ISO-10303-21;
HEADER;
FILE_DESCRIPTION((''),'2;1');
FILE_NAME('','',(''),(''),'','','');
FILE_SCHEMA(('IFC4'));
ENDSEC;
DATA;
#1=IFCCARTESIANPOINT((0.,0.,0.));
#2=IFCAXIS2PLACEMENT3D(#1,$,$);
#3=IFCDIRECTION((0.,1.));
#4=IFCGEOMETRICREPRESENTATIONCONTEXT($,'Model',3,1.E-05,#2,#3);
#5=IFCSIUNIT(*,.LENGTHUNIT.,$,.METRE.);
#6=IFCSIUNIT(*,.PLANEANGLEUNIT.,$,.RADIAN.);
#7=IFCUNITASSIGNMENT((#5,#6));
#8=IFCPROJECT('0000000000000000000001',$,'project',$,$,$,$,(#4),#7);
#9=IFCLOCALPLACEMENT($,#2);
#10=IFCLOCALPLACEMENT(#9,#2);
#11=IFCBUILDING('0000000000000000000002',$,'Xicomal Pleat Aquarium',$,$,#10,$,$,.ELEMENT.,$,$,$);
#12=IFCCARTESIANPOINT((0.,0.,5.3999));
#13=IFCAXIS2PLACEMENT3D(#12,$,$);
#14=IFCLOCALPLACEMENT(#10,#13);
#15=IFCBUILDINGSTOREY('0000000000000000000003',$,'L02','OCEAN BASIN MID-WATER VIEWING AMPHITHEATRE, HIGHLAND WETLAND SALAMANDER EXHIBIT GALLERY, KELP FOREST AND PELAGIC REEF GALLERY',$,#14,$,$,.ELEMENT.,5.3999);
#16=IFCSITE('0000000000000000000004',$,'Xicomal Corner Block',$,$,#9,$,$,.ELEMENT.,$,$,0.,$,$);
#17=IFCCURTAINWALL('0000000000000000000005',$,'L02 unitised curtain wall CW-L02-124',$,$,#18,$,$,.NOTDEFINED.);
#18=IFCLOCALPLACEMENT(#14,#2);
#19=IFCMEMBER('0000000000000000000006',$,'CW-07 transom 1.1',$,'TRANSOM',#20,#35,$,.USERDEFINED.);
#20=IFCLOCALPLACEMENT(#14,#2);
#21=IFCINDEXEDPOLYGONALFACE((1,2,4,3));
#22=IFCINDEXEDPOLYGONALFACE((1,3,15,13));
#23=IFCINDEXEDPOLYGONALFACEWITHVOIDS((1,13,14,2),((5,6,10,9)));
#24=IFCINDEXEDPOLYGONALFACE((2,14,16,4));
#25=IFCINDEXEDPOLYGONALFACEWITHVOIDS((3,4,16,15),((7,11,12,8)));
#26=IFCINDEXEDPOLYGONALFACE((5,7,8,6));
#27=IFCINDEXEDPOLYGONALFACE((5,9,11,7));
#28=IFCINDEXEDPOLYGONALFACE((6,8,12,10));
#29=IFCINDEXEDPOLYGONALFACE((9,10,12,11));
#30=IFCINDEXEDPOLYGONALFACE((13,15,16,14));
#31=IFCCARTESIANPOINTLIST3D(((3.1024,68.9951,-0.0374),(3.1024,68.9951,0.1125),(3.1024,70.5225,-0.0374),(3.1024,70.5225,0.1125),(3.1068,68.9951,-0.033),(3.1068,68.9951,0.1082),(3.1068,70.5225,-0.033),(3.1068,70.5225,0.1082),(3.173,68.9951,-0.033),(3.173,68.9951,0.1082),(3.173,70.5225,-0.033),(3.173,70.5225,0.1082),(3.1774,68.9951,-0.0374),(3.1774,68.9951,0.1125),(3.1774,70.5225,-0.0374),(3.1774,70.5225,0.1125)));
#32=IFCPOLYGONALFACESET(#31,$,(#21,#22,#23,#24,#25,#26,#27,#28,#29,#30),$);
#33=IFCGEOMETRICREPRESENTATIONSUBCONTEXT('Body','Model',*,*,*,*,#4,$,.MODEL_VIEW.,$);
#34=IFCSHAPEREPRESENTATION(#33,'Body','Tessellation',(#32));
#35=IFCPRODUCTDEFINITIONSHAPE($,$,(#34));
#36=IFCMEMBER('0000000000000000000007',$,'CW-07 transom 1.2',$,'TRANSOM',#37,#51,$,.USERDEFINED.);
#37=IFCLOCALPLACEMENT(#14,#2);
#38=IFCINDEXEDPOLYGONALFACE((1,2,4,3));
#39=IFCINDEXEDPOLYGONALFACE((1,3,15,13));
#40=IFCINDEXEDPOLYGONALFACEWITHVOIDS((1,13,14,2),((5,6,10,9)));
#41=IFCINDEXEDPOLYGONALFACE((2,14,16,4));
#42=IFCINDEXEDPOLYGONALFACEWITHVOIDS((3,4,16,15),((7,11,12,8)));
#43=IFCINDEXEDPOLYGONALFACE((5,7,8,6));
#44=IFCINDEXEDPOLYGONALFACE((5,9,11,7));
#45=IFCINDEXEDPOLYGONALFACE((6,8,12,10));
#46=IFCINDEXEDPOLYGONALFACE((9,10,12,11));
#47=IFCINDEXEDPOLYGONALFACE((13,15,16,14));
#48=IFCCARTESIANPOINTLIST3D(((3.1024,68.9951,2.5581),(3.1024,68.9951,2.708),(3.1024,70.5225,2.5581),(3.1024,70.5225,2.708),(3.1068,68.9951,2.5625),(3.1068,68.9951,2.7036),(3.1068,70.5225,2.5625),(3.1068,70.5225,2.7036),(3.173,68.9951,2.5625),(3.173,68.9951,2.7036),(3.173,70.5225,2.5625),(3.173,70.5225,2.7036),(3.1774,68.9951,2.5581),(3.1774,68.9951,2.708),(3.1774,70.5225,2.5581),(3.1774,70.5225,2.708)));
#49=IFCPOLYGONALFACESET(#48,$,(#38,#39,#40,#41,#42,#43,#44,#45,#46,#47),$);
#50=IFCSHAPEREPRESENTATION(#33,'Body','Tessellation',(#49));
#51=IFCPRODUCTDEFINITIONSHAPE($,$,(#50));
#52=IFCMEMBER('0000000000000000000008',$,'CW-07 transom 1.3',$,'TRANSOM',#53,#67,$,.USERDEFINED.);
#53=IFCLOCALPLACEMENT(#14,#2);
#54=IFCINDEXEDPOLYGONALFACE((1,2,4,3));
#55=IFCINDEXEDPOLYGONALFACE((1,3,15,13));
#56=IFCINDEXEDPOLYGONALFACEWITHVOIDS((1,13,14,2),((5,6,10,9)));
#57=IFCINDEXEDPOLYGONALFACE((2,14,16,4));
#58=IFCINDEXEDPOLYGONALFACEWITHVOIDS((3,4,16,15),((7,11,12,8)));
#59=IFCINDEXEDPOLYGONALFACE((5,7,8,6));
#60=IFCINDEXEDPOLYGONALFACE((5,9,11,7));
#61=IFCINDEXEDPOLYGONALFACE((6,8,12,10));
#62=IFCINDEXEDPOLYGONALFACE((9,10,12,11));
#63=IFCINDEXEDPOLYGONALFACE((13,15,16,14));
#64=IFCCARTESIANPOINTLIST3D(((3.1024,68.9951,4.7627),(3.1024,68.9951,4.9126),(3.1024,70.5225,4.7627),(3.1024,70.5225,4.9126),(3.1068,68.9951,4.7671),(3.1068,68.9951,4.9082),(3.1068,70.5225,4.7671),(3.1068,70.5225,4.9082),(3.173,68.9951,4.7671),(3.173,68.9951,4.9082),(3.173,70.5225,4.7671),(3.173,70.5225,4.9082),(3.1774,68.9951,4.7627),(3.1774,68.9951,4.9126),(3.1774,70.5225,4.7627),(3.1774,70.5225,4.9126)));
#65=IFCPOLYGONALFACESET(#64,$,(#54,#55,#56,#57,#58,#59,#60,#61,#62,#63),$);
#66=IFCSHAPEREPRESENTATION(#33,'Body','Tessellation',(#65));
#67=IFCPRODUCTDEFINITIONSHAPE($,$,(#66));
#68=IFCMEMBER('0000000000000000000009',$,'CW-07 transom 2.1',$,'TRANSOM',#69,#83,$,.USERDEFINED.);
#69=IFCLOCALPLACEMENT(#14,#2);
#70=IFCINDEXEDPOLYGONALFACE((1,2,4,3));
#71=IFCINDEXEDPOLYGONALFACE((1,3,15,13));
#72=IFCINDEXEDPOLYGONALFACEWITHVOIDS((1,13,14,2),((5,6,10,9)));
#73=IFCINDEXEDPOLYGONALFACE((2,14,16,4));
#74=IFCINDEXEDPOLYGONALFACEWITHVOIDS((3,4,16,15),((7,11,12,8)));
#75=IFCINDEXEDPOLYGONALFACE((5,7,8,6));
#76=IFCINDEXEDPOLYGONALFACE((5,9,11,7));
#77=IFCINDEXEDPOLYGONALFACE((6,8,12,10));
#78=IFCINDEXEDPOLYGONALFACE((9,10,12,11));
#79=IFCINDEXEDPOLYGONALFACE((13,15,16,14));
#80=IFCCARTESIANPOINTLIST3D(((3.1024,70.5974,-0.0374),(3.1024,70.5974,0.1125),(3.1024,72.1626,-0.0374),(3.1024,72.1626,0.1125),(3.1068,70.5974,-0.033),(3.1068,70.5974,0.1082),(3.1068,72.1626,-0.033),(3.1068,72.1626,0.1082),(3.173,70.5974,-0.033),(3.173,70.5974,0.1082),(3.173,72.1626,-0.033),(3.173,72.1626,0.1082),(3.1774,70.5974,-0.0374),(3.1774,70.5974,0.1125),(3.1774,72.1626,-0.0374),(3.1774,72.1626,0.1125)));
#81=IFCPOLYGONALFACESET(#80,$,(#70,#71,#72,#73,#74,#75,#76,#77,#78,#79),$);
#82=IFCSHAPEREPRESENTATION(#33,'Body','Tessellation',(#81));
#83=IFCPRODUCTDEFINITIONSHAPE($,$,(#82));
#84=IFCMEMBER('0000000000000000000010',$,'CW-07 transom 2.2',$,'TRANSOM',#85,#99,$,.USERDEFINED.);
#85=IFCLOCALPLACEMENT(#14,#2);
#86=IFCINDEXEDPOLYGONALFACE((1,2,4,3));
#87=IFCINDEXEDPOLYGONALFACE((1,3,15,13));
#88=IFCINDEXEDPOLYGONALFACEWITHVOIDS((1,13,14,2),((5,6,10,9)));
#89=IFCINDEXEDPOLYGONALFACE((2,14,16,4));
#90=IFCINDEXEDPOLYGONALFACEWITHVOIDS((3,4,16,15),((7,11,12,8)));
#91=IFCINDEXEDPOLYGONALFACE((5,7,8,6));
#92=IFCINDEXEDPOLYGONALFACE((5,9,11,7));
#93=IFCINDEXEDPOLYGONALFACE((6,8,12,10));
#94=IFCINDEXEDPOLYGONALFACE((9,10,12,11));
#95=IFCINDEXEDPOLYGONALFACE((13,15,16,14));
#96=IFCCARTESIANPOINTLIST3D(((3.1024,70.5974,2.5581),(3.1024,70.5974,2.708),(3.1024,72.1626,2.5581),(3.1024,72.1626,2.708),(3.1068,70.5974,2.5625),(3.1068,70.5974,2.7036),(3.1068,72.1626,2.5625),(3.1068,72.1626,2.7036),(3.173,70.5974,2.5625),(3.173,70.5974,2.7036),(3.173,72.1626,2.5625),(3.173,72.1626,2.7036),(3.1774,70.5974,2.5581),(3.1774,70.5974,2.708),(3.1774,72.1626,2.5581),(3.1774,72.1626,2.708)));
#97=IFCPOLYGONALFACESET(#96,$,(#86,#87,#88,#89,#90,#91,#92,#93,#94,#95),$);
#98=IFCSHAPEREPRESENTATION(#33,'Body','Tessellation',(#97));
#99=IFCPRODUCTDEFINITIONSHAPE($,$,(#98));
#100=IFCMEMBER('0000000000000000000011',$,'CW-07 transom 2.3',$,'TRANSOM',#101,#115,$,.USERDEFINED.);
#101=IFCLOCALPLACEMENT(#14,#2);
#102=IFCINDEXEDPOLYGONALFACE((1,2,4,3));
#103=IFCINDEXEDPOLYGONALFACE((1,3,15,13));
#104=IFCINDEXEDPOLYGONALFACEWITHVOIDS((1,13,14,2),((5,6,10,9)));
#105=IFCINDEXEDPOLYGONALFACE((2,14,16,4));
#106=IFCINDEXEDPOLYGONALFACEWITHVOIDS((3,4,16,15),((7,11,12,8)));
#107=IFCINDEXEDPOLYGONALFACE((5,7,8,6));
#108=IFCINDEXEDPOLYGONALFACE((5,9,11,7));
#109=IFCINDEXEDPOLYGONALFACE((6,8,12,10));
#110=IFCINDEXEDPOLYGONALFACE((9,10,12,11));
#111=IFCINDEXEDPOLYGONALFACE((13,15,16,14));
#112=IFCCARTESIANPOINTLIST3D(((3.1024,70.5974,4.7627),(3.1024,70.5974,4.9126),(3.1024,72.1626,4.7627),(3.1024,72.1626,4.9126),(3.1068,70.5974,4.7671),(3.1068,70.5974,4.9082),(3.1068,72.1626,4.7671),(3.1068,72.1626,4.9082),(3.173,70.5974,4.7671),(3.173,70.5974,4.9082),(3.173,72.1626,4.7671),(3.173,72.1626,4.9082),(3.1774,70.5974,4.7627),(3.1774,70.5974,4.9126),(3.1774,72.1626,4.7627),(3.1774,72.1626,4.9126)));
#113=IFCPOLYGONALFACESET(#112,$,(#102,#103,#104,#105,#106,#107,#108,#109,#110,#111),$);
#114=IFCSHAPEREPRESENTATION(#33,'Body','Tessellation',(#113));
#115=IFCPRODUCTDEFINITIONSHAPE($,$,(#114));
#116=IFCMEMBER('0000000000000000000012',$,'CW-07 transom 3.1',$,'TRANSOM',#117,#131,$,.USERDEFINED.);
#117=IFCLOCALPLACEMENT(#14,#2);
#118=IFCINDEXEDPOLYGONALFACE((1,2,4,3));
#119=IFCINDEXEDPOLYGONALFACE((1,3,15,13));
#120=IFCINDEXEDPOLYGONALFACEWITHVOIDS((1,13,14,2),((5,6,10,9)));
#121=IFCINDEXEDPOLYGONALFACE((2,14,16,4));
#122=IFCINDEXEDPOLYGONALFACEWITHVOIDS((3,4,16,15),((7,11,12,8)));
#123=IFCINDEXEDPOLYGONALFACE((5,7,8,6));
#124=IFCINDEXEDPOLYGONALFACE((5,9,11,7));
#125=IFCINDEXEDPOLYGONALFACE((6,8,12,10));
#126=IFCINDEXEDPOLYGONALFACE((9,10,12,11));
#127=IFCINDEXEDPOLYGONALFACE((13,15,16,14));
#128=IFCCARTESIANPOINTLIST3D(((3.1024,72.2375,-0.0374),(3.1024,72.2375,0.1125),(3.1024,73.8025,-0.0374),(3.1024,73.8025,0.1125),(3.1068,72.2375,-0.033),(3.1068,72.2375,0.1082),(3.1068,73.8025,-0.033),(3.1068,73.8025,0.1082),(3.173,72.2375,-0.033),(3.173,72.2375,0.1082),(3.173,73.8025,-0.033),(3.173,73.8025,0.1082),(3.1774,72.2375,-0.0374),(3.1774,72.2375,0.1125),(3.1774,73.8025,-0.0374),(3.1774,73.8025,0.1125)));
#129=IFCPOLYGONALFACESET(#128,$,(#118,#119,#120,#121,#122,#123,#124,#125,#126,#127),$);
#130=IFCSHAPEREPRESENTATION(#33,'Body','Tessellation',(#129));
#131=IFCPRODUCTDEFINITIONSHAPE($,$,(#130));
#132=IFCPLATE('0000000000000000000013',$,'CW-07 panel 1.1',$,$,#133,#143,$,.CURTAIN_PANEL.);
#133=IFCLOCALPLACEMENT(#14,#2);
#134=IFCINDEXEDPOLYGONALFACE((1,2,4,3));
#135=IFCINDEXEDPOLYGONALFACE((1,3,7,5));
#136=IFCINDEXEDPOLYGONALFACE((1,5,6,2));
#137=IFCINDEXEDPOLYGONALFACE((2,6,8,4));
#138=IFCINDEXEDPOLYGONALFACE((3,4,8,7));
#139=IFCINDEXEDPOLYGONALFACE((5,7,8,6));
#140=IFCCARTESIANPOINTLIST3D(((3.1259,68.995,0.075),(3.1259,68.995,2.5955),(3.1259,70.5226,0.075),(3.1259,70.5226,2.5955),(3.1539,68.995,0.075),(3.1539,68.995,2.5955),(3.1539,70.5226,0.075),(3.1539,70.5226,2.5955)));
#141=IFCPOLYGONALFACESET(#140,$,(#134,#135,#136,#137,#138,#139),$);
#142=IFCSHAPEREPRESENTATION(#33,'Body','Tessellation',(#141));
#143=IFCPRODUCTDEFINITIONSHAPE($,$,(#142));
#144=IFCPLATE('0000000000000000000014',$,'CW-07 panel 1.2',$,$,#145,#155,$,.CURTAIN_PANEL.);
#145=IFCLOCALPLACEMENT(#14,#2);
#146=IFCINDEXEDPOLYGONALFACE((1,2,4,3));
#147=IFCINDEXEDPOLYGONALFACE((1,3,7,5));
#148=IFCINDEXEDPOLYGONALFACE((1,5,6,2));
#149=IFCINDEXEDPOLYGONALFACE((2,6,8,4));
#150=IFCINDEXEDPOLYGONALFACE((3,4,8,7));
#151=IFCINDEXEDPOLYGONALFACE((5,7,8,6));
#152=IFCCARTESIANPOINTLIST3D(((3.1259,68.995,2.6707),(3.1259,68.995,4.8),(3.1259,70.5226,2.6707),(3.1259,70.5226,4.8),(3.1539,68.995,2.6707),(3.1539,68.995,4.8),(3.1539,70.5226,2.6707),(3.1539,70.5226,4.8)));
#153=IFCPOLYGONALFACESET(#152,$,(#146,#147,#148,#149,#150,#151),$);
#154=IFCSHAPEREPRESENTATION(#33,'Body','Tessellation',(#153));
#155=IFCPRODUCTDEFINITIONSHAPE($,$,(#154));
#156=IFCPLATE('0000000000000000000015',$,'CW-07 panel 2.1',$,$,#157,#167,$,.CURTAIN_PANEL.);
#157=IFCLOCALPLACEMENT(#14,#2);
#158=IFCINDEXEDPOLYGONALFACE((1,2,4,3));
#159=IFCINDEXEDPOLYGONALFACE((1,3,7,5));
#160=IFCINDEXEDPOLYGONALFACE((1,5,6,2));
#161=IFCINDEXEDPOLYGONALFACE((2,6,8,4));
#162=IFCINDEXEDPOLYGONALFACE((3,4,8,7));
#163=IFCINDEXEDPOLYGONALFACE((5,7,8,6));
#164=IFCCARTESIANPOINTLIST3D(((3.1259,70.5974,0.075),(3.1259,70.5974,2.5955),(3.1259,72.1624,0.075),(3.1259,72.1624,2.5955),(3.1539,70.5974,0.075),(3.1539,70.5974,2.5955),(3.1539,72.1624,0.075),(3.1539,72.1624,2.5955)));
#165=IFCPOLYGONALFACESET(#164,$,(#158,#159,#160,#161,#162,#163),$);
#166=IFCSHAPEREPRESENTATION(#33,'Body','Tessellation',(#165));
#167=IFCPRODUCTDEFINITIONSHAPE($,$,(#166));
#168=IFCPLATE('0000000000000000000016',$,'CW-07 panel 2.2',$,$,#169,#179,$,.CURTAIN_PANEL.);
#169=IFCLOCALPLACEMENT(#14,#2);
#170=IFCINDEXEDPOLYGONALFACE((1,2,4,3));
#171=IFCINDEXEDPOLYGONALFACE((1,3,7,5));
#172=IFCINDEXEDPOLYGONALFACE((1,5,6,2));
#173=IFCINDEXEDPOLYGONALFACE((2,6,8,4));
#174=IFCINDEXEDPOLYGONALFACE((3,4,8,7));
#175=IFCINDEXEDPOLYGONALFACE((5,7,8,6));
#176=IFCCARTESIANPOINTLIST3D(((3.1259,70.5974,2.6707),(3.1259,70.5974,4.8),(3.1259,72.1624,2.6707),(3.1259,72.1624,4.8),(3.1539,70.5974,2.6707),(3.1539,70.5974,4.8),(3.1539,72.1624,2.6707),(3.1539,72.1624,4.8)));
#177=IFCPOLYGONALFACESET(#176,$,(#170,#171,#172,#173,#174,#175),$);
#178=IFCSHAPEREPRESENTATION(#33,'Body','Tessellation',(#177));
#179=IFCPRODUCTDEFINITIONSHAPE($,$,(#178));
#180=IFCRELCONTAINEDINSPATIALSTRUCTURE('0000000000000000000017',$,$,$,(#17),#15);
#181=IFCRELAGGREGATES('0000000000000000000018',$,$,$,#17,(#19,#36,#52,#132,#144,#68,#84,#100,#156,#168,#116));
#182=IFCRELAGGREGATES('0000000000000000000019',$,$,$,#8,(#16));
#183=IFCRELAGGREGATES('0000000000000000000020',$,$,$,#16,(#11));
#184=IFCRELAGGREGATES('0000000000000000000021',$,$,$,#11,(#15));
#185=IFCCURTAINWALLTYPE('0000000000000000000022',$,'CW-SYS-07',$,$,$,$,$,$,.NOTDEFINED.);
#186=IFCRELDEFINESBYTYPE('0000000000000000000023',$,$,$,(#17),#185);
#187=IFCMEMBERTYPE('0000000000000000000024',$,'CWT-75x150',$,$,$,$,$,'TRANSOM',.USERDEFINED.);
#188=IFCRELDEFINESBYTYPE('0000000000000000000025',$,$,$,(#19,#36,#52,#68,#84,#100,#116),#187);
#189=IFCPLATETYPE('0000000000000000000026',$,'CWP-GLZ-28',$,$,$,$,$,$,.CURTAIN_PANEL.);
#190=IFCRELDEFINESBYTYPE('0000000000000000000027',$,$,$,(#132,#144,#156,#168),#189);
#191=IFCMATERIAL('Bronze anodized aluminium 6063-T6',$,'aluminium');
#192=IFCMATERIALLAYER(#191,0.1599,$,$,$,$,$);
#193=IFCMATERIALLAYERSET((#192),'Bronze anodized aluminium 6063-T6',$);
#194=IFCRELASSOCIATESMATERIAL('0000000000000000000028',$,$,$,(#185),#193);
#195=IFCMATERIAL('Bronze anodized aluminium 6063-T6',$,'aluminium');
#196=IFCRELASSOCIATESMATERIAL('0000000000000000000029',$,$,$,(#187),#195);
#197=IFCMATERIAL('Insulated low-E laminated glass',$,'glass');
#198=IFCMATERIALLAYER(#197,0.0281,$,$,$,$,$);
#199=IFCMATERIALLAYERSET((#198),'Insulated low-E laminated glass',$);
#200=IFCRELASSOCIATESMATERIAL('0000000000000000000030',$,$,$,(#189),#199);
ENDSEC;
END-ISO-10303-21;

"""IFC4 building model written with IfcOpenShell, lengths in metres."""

from ifc_helpers import new_model, si_unit, direction, frame, origin, origin_2d, place, context, subcontext, project, spatial, rectangle, hollow_rectangle, extrude, material, layer, layer_set, material_profile, profile_set, type_object, element, aggregate, save


model = new_model("IFC4")

# Units and contexts
model_context = context("Model", 3, precision=1e-05, world=origin(), true_north=direction((0.0, 1.0)))
body_context = subcontext(model_context, "Body", "Model", "MODEL_VIEW")
ifc_project = project(units=[si_unit("LENGTHUNIT", "METRE"), si_unit("PLANEANGLEUNIT", "RADIAN")], contexts=[model_context])

# Site, building, storey
site_placement = place(None, origin())
site = spatial("IfcSite", under=ifc_project, at=site_placement, Name="Xicomal Corner Block", CompositionType="ELEMENT", RefElevation=0.0)
building_placement = place(site_placement, origin())
building = spatial("IfcBuilding", under=site, at=building_placement, Name="Xicomal Pleat Aquarium", CompositionType="ELEMENT")
storey_placement = place(building_placement, frame((0.0, 0.0, 5.3999)))
storey = spatial("IfcBuildingStorey", under=building, at=storey_placement, Name="L02", Description="OCEAN BASIN MID-WATER VIEWING AMPHITHEATRE, HIGHLAND WETLAND SALAMANDER EXHIBIT GALLERY, KELP FOREST AND PELAGIC REEF GALLERY", CompositionType="ELEMENT", Elevation=5.3999)

# Curtain wall, members, plates
ifc_material_1 = material(Name="Bronze anodized aluminium 6063-T6", Category="aluminium")
ifc_layer_1 = layer(ifc_material_1, 0.1599)
ifc_layer_set_1 = layer_set([ifc_layer_1], Name="Bronze anodized aluminium 6063-T6")
curtain_wall_type = type_object("IfcCurtainWallType", Name="CW-SYS-07", PredefinedType="NOTDEFINED", material=ifc_layer_set_1)
curtain_wall_placement = place(storey_placement, origin())
curtain_wall = element("IfcCurtainWall", 1, at=curtain_wall_placement, inside=storey, type_object=curtain_wall_type, Name="L02 unitised curtain wall CW-L02-124", PredefinedType="NOTDEFINED")
ifc_material_2 = material(Name="Bronze anodized aluminium 6063-T6", Category="aluminium")
ifc_material_profile_1 = material_profile(ifc_material_2, hollow_rectangle(XDim=0.075, YDim=0.1499, WallThickness=0.0044, at=origin_2d()), Name="ALU TRAN 75x150")
ifc_profile_set_1 = profile_set([ifc_material_profile_1], Name="Bronze anodized aluminium 6063-T6")
member_type_1 = type_object("IfcMemberType", Name="CWT-75x150", ElementType="TRANSOM", PredefinedType="USERDEFINED", material=ifc_profile_set_1)
member_1_placement = place(storey_placement, frame((3.1399, 68.9951, 0.0376), z_axis=(0.0, 1.0, 0.0), x_axis=(-1.0, 0.0, 0.0)))
member_1 = element("IfcMember", 2, at=member_1_placement, type_object=member_type_1, Name="CW-07 transom 1.1", ObjectType="TRANSOM", PredefinedType="USERDEFINED", context=body_context, shape_type="SweptSolid", body=[
    extrude(hollow_rectangle(XDim=0.075, YDim=0.1499, WallThickness=0.0044, at=origin_2d()), origin(), (0.0, 0.0, 1.0), 1.5273),
])
member_2_placement = place(storey_placement, frame((3.1399, 68.9951, 2.6331), z_axis=(0.0, 1.0, 0.0), x_axis=(-1.0, 0.0, 0.0)))
member_2 = element("IfcMember", 3, at=member_2_placement, type_object=member_type_1, Name="CW-07 transom 1.2", ObjectType="TRANSOM", PredefinedType="USERDEFINED", context=body_context, shape_type="SweptSolid", body=[
    extrude(hollow_rectangle(XDim=0.075, YDim=0.1499, WallThickness=0.0044, at=origin_2d()), origin(), (0.0, 0.0, 1.0), 1.5273),
])
member_3_placement = place(storey_placement, frame((3.1399, 68.9951, 4.8376), z_axis=(0.0, 1.0, 0.0), x_axis=(-1.0, 0.0, 0.0)))
member_3 = element("IfcMember", 4, at=member_3_placement, type_object=member_type_1, Name="CW-07 transom 1.3", ObjectType="TRANSOM", PredefinedType="USERDEFINED", context=body_context, shape_type="SweptSolid", body=[
    extrude(hollow_rectangle(XDim=0.075, YDim=0.1499, WallThickness=0.0044, at=origin_2d()), origin(), (0.0, 0.0, 1.0), 1.5273),
])
member_4_placement = place(storey_placement, frame((3.1399, 70.5974, 0.0376), z_axis=(0.0, 1.0, 0.0), x_axis=(-1.0, 0.0, 0.0)))
member_4 = element("IfcMember", 5, at=member_4_placement, type_object=member_type_1, Name="CW-07 transom 2.1", ObjectType="TRANSOM", PredefinedType="USERDEFINED", context=body_context, shape_type="SweptSolid", body=[
    extrude(hollow_rectangle(XDim=0.075, YDim=0.1499, WallThickness=0.0044, at=origin_2d()), origin(), (0.0, 0.0, 1.0), 1.5652),
])
member_5_placement = place(storey_placement, frame((3.1399, 70.5974, 2.6331), z_axis=(0.0, 1.0, 0.0), x_axis=(-1.0, 0.0, 0.0)))
member_5 = element("IfcMember", 6, at=member_5_placement, type_object=member_type_1, Name="CW-07 transom 2.2", ObjectType="TRANSOM", PredefinedType="USERDEFINED", context=body_context, shape_type="SweptSolid", body=[
    extrude(hollow_rectangle(XDim=0.075, YDim=0.1499, WallThickness=0.0044, at=origin_2d()), origin(), (0.0, 0.0, 1.0), 1.5652),
])
member_6_placement = place(storey_placement, frame((3.1399, 70.5974, 4.8376), z_axis=(0.0, 1.0, 0.0), x_axis=(-1.0, 0.0, 0.0)))
member_6 = element("IfcMember", 7, at=member_6_placement, type_object=member_type_1, Name="CW-07 transom 2.3", ObjectType="TRANSOM", PredefinedType="USERDEFINED", context=body_context, shape_type="SweptSolid", body=[
    extrude(hollow_rectangle(XDim=0.075, YDim=0.1499, WallThickness=0.0044, at=origin_2d()), origin(), (0.0, 0.0, 1.0), 1.5652),
])
member_7_placement = place(storey_placement, frame((3.1399, 72.2375, 0.0376), z_axis=(0.0, 1.0, 0.0), x_axis=(-1.0, 0.0, 0.0)))
member_7 = element("IfcMember", 8, at=member_7_placement, type_object=member_type_1, Name="CW-07 transom 3.1", ObjectType="TRANSOM", PredefinedType="USERDEFINED", context=body_context, shape_type="SweptSolid", body=[
    extrude(hollow_rectangle(XDim=0.075, YDim=0.1499, WallThickness=0.0044, at=origin_2d()), origin(), (0.0, 0.0, 1.0), 1.5649),
])
ifc_material_3 = material(Name="Insulated low-E laminated glass", Category="glass")
ifc_layer_2 = layer(ifc_material_3, 0.0281)
ifc_layer_set_2 = layer_set([ifc_layer_2], Name="Insulated low-E laminated glass")
plate_type = type_object("IfcPlateType", Name="CWP-GLZ-28", PredefinedType="CURTAIN_PANEL", material=ifc_layer_set_2)
plate_1_placement = place(storey_placement, frame((3.1399, 69.7588, 0.075), z_axis=(0.0, 0.0, 1.0), x_axis=(0.0, 1.0, 0.0)))
plate_1 = element("IfcPlate", 9, at=plate_1_placement, type_object=plate_type, Name="CW-07 panel 1.1", PredefinedType="CURTAIN_PANEL", context=body_context, shape_type="SweptSolid", body=[
    extrude(rectangle(XDim=1.5276, YDim=0.0281, at=origin_2d()), origin(), (0.0, 0.0, 1.0), 2.5205),
])
plate_2_placement = place(storey_placement, frame((3.1399, 69.7588, 2.6707), z_axis=(0.0, 0.0, 1.0), x_axis=(0.0, 1.0, 0.0)))
plate_2 = element("IfcPlate", 10, at=plate_2_placement, type_object=plate_type, Name="CW-07 panel 1.2", PredefinedType="CURTAIN_PANEL", context=body_context, shape_type="SweptSolid", body=[
    extrude(rectangle(XDim=1.5276, YDim=0.0281, at=origin_2d()), origin(), (0.0, 0.0, 1.0), 2.1294),
])
plate_3_placement = place(storey_placement, frame((3.1399, 71.3799, 0.075), z_axis=(0.0, 0.0, 1.0), x_axis=(0.0, 1.0, 0.0)))
plate_3 = element("IfcPlate", 11, at=plate_3_placement, type_object=plate_type, Name="CW-07 panel 2.1", PredefinedType="CURTAIN_PANEL", context=body_context, shape_type="SweptSolid", body=[
    extrude(rectangle(XDim=1.5649, YDim=0.0281, at=origin_2d()), origin(), (0.0, 0.0, 1.0), 2.5205),
])
plate_4_placement = place(storey_placement, frame((3.1399, 71.3799, 2.6707), z_axis=(0.0, 0.0, 1.0), x_axis=(0.0, 1.0, 0.0)))
plate_4 = element("IfcPlate", 12, at=plate_4_placement, type_object=plate_type, Name="CW-07 panel 2.2", PredefinedType="CURTAIN_PANEL", context=body_context, shape_type="SweptSolid", body=[
    extrude(rectangle(XDim=1.5649, YDim=0.0281, at=origin_2d()), origin(), (0.0, 0.0, 1.0), 2.1294),
])
aggregate(curtain_wall, [member_1, member_2, member_3, plate_1, plate_2, member_4, member_5, member_6, plate_3, plate_4, member_7])

save(model, "model.ifc")
